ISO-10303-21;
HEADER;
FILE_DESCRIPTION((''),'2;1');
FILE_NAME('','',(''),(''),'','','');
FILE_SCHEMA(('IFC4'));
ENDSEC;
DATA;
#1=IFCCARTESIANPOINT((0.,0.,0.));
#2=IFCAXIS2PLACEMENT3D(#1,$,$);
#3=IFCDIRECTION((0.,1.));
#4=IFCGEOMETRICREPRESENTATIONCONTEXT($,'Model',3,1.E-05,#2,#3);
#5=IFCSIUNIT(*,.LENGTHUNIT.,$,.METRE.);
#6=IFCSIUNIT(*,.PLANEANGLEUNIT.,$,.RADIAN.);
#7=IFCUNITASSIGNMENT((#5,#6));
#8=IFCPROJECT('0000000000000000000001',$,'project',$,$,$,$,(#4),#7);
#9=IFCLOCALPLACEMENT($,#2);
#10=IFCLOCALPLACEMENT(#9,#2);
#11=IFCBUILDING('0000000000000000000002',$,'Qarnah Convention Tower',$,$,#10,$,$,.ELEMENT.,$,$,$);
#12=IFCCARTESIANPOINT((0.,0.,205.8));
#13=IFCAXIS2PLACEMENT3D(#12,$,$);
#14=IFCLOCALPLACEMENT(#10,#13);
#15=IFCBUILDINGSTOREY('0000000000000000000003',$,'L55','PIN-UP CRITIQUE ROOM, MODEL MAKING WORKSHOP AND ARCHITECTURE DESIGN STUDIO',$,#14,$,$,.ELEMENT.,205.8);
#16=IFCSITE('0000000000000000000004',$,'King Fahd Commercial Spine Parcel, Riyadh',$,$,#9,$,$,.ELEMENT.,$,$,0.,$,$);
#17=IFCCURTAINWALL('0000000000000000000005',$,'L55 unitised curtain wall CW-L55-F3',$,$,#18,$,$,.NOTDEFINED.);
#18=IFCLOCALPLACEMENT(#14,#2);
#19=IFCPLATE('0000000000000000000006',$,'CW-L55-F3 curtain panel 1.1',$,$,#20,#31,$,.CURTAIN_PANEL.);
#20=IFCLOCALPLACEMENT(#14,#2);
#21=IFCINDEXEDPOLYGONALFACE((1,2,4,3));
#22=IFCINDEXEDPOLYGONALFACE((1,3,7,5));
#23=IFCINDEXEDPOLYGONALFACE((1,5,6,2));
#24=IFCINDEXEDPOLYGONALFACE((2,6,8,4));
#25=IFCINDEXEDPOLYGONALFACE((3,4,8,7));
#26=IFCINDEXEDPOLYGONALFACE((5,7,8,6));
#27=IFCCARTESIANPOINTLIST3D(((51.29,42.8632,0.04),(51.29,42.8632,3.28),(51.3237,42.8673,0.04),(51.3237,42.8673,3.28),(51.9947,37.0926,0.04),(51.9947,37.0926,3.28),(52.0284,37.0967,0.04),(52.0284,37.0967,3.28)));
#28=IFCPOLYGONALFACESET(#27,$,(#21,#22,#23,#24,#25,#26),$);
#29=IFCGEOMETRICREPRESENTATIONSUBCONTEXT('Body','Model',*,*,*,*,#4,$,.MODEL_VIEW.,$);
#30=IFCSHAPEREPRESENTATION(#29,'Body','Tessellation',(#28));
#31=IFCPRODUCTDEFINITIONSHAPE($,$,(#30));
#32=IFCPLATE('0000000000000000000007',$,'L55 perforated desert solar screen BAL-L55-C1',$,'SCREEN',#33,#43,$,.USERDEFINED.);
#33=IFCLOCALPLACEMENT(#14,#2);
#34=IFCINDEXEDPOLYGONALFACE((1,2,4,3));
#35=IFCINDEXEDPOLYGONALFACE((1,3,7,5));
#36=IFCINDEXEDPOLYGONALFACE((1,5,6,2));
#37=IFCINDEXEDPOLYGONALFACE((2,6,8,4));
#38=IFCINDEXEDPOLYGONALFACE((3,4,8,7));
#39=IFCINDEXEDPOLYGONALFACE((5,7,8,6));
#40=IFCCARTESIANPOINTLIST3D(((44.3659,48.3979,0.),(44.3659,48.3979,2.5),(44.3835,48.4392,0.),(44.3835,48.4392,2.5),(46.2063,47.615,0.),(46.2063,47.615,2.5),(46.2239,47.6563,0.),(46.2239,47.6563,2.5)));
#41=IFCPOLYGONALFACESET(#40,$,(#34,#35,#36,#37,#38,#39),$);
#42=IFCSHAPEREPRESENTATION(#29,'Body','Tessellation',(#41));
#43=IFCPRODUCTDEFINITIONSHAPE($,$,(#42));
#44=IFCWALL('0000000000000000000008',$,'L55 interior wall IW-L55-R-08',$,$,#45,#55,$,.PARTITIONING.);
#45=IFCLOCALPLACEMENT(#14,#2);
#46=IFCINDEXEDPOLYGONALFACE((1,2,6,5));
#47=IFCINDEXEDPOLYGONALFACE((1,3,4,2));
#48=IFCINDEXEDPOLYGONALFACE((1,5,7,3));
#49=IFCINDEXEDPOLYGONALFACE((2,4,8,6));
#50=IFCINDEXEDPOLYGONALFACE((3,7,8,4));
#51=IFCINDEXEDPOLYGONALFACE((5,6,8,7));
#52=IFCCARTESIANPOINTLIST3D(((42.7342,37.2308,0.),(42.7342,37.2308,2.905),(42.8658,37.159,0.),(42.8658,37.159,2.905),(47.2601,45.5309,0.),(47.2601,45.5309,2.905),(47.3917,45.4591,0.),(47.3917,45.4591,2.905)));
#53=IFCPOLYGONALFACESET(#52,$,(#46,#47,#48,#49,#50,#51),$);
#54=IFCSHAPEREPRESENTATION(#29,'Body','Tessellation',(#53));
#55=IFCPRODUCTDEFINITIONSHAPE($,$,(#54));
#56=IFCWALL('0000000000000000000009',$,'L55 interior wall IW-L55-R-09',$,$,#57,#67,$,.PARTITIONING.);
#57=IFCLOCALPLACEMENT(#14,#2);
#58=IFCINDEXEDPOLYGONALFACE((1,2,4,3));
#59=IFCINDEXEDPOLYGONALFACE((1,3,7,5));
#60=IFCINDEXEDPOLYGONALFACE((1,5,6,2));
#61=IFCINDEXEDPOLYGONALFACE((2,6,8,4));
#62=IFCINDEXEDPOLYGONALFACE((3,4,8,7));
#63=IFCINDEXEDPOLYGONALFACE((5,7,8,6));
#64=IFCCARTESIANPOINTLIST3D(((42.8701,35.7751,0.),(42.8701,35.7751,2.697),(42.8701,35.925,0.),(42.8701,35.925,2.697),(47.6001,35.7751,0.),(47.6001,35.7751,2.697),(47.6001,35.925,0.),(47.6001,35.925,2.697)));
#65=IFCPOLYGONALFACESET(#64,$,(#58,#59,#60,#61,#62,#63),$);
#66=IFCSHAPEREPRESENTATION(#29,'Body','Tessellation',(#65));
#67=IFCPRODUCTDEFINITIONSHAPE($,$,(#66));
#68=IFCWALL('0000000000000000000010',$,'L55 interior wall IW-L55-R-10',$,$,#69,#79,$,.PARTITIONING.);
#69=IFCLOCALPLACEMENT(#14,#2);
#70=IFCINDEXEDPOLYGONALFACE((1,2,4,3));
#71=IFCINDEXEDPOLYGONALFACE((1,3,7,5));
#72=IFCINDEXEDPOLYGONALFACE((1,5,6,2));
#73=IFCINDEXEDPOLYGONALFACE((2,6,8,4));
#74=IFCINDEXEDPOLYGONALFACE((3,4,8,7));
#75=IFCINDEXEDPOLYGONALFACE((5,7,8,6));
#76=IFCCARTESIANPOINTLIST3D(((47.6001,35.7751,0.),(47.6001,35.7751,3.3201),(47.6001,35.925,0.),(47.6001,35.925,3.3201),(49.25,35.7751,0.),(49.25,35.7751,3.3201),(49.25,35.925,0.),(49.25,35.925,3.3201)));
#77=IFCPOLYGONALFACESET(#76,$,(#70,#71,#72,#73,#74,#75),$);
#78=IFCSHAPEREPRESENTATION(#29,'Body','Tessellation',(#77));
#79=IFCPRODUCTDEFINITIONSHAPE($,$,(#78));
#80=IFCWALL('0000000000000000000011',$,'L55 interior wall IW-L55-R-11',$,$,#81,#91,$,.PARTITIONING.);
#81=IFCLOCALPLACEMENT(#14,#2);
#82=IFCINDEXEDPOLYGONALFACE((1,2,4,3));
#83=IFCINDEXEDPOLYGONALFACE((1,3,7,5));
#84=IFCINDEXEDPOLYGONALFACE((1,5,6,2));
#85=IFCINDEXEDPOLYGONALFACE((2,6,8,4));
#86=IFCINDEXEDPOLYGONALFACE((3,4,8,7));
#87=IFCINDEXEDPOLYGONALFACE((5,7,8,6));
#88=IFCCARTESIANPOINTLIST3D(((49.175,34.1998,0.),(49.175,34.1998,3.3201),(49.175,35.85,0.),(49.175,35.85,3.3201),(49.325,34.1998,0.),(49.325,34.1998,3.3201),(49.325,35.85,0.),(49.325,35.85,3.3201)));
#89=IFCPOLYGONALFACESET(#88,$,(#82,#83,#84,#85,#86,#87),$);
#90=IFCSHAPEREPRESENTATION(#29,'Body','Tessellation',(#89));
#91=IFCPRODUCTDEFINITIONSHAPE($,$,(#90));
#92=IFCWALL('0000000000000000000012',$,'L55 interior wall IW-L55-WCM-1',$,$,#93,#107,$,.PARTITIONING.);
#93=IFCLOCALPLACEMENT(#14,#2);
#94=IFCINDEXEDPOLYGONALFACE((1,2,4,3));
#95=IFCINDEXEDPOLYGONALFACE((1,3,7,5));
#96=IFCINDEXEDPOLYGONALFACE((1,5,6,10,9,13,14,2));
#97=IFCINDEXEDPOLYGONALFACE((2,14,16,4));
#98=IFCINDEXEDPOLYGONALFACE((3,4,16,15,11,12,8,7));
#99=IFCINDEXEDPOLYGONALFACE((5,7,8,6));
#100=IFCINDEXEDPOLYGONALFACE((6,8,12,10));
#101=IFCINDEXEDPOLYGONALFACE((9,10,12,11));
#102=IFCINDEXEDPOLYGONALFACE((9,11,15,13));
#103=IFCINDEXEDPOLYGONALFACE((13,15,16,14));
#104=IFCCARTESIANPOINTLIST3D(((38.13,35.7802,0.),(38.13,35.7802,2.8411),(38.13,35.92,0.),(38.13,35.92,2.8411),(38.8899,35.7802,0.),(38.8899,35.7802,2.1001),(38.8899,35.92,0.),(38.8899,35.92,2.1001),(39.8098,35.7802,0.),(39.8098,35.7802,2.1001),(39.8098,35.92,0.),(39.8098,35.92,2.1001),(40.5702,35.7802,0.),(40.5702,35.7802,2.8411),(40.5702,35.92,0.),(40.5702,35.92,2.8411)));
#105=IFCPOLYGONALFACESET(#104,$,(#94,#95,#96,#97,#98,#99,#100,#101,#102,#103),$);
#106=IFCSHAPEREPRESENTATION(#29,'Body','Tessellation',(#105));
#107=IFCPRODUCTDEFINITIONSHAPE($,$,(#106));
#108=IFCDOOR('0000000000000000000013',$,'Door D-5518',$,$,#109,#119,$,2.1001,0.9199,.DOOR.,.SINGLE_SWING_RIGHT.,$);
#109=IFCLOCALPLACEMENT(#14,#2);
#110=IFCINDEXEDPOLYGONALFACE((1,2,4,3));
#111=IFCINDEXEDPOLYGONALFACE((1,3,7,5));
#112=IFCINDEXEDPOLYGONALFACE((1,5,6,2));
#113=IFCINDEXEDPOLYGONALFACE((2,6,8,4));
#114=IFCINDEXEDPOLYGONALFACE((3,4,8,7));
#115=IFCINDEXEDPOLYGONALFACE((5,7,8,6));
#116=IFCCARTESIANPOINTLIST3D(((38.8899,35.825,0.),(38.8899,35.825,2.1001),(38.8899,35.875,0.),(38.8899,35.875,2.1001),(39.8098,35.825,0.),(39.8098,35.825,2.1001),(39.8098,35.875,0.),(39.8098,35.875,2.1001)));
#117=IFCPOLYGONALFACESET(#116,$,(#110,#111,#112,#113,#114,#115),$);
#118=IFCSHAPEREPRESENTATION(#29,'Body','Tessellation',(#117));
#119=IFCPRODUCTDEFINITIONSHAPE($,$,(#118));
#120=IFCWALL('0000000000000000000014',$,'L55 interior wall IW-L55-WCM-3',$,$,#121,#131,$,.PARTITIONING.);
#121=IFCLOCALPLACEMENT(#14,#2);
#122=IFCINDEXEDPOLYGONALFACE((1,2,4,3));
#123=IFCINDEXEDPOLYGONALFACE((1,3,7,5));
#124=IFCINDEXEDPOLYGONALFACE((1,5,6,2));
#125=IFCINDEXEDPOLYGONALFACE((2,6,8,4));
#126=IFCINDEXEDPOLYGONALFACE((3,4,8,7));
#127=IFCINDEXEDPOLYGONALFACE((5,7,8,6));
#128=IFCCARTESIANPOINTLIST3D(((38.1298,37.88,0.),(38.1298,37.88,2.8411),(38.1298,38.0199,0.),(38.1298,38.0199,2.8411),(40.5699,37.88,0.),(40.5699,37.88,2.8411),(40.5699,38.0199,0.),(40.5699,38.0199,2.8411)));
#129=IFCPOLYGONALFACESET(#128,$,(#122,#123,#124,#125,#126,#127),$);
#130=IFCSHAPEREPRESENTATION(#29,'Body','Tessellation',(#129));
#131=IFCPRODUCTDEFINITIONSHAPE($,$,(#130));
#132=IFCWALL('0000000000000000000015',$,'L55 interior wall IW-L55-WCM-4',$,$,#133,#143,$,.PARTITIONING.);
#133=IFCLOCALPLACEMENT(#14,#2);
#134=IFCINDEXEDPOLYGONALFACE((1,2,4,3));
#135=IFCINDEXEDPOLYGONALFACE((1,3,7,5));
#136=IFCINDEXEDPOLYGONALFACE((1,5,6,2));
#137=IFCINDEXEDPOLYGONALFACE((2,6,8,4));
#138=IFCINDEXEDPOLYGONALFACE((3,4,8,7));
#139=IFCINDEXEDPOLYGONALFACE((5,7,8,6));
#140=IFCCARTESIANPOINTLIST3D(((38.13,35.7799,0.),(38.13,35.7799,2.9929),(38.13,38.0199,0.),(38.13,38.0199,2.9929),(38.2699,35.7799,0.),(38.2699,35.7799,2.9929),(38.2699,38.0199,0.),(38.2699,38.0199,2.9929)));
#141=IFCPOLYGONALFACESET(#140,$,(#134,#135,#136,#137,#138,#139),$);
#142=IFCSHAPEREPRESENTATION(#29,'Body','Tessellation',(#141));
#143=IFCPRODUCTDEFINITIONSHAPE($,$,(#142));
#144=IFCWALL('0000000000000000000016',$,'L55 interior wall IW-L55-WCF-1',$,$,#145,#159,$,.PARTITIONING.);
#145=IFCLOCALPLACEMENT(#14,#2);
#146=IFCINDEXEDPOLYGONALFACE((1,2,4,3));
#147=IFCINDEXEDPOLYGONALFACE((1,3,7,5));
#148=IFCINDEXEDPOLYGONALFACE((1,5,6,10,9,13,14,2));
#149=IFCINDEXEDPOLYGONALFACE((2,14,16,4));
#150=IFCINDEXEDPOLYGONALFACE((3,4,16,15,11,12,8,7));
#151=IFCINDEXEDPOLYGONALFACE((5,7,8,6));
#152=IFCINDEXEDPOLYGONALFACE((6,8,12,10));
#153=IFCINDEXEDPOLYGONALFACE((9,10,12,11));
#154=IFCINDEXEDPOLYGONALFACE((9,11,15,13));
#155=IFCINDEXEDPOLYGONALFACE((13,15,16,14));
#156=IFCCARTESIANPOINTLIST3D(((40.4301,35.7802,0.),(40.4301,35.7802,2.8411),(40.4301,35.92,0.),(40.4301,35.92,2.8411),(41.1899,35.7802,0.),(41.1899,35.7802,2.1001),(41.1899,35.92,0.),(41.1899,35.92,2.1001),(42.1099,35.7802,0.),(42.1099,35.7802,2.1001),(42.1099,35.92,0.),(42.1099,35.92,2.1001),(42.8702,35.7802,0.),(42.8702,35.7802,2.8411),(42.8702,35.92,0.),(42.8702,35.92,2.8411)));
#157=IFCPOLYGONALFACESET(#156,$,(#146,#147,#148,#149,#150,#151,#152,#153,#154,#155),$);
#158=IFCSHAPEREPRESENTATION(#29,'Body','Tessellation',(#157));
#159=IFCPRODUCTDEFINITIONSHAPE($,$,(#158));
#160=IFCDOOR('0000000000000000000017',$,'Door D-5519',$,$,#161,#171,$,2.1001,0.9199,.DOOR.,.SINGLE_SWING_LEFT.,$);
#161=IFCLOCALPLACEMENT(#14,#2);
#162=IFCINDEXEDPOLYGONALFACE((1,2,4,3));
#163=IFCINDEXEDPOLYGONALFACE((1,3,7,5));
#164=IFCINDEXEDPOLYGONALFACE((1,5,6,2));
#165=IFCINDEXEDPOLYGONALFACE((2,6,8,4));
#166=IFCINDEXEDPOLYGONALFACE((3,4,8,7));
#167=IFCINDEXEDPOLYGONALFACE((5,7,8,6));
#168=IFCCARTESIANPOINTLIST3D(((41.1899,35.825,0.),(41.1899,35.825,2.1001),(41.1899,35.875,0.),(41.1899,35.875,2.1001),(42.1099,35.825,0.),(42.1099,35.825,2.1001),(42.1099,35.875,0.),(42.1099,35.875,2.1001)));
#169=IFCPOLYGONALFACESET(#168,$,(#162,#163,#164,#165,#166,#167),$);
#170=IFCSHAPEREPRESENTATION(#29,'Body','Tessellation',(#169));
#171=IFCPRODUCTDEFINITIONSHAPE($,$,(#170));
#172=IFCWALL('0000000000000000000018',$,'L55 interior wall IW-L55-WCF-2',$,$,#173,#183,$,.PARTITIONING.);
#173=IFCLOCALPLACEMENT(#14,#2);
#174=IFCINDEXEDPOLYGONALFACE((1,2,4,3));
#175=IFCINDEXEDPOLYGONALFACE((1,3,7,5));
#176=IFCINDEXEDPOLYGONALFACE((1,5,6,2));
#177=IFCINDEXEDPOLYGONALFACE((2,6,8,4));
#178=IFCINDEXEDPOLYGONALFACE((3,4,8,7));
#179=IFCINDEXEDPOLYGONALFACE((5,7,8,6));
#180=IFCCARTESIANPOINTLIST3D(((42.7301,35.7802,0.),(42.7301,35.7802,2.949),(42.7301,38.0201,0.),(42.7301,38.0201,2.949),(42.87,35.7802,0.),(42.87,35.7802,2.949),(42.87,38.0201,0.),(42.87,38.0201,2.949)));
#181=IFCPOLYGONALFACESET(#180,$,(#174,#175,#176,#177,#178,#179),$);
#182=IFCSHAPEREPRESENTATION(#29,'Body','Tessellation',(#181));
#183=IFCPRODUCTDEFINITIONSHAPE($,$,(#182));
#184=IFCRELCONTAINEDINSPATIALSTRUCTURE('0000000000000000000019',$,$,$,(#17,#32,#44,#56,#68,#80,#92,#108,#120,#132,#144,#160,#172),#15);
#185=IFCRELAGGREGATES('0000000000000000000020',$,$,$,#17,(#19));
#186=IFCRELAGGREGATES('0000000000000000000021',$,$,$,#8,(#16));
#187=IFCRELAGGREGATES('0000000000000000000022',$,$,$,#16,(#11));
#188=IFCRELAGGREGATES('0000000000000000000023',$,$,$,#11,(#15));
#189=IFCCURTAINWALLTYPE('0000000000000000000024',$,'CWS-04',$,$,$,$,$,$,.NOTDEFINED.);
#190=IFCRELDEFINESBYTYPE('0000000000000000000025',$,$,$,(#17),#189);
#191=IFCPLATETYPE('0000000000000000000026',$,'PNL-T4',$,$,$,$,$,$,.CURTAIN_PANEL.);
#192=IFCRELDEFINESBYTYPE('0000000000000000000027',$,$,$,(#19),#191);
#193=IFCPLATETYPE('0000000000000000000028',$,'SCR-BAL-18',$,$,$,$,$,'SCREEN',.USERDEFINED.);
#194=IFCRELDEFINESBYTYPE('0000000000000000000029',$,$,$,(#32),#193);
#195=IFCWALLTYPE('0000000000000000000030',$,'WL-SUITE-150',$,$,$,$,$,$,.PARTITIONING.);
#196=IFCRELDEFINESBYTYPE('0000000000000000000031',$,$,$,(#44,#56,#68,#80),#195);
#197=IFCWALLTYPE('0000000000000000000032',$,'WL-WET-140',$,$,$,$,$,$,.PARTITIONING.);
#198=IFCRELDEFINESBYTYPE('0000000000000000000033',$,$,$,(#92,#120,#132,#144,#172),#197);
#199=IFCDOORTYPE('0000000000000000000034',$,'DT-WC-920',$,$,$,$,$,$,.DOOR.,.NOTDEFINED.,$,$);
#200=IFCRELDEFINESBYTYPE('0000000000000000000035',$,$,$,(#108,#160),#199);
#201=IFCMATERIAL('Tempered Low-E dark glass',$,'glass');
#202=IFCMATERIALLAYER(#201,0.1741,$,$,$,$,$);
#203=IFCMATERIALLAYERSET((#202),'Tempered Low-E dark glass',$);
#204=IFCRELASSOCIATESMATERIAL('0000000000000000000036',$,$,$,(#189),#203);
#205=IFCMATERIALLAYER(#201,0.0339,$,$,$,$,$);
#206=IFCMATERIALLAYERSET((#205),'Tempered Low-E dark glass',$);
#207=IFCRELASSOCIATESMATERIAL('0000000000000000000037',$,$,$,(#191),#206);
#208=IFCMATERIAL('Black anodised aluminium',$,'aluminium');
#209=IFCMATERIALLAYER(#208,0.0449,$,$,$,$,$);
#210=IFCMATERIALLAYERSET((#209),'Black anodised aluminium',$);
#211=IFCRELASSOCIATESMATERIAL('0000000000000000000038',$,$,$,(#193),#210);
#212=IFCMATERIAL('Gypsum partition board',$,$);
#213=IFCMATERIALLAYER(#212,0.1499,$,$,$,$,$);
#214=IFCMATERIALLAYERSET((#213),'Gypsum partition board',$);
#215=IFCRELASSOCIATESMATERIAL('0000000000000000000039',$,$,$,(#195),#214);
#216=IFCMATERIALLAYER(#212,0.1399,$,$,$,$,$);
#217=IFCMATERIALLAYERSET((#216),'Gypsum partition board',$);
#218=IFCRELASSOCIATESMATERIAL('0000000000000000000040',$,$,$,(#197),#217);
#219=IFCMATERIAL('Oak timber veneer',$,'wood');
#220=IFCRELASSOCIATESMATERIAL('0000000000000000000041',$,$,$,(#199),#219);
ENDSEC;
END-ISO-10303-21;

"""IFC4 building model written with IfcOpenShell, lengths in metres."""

from ifc_helpers import new_model, si_unit, direction, frame, frame_2d, origin, origin_2d, place, context, subcontext, project, spatial, rectangle, extrude, material, layer, layer_set, type_object, element, fill, aggregate, save


model = new_model("IFC4")

# Units and contexts
model_context = context("Model", 3, precision=1e-05, world=origin(), true_north=direction((0.0, 1.0)))
body_context = subcontext(model_context, "Body", "Model", "MODEL_VIEW")
ifc_project = project(units=[si_unit("LENGTHUNIT", "METRE"), si_unit("PLANEANGLEUNIT", "RADIAN")], contexts=[model_context])

# Site, building, storey
site_placement = place(None, origin())
site = spatial("IfcSite", under=ifc_project, at=site_placement, Name="King Fahd Commercial Spine Parcel, Riyadh", CompositionType="ELEMENT", RefElevation=0.0)
building_placement = place(site_placement, origin())
building = spatial("IfcBuilding", under=site, at=building_placement, Name="Qarnah Convention Tower", CompositionType="ELEMENT")
storey_placement = place(building_placement, frame((0.0, 0.0, 205.8)))
storey = spatial("IfcBuildingStorey", under=building, at=storey_placement, Name="L55", Description="PIN-UP CRITIQUE ROOM, MODEL MAKING WORKSHOP AND ARCHITECTURE DESIGN STUDIO", CompositionType="ELEMENT", Elevation=205.8)

# Shared definitions
ifc_material_1 = material(Name="Tempered Low-E dark glass", Category="glass")
ifc_layer_1 = layer(ifc_material_1, 0.1741)
ifc_layer_set_1 = layer_set([ifc_layer_1], Name="Tempered Low-E dark glass")
curtain_wall_type = type_object("IfcCurtainWallType", Name="CWS-04", PredefinedType="NOTDEFINED", material=ifc_layer_set_1)
ifc_material_2 = material(Name="Black anodised aluminium", Category="aluminium")

# Curtain wall, plate
curtain_wall_1_placement = place(storey_placement, origin())
curtain_wall_1 = element("IfcCurtainWall", 1, at=curtain_wall_1_placement, inside=storey, type_object=curtain_wall_type, Name="L55 unitised curtain wall CW-L55-F3", PredefinedType="NOTDEFINED")
ifc_layer_2 = layer(ifc_material_1, 0.0339)
ifc_layer_set_2 = layer_set([ifc_layer_2], Name="Tempered Low-E dark glass")
plate_type_1 = type_object("IfcPlateType", Name="PNL-T4", PredefinedType="CURTAIN_PANEL", material=ifc_layer_set_2)
plate_1_placement = place(storey_placement, frame((51.6592, 39.98, 0.04), z_axis=(0.0, 0.0, 1.0), x_axis=(0.121219, -0.992626, 0.0)))
plate_1 = element("IfcPlate", 2, at=plate_1_placement, type_object=plate_type_1, Name="CW-L55-F3 curtain panel 1.1", PredefinedType="CURTAIN_PANEL", context=body_context, shape_type="SweptSolid", body=[
    extrude(rectangle(XDim=5.8135, YDim=0.0339, at=origin_2d()), origin(), (0.0, 0.0, 1.0), 3.24),
])
aggregate(curtain_wall_1, [plate_1])

# Plate
ifc_layer_3 = layer(ifc_material_2, 0.0449)
ifc_layer_set_3 = layer_set([ifc_layer_3], Name="Black anodised aluminium")
plate_type_2 = type_object("IfcPlateType", Name="SCR-BAL-18", ElementType="SCREEN", PredefinedType="USERDEFINED", material=ifc_layer_set_3)
plate_2_placement = place(storey_placement, frame((45.2949, 48.0271, 0.0), z_axis=(0.0, 0.0, 1.0), x_axis=(0.920189, -0.391475, 0.0)))
element("IfcPlate", 3, at=plate_2_placement, inside=storey, type_object=plate_type_2, Name="L55 perforated desert solar screen BAL-L55-C1", ObjectType="SCREEN", PredefinedType="USERDEFINED", context=body_context, shape_type="SweptSolid", body=[
    extrude(rectangle(XDim=2.0, YDim=0.0449, at=origin_2d()), origin(), (0.0, 0.0, 1.0), 2.5),
])

# Walls
ifc_material_3 = material(Name="Gypsum partition board")
ifc_layer_4 = layer(ifc_material_3, 0.1499)
ifc_layer_set_4 = layer_set([ifc_layer_4], Name="Gypsum partition board")
wall_type_1 = type_object("IfcWallType", Name="WL-SUITE-150", PredefinedType="PARTITIONING", material=ifc_layer_set_4)
wall_1_placement = place(storey_placement, frame((47.3259, 45.4951, 0.0), z_axis=(0.0, 0.0, 1.0), x_axis=(-0.478736, -0.877959, 0.0)))
element("IfcWall", 4, at=wall_1_placement, inside=storey, type_object=wall_type_1, Name="L55 interior wall IW-L55-R-08", PredefinedType="PARTITIONING", context=body_context, shape_type="SweptSolid", body=[
    extrude(rectangle(XDim=9.4539, YDim=0.1499, at=frame_2d((4.7271, 0.0))), origin(), (0.0, 0.0, 1.0), 2.905),
])
wall_2_placement = place(storey_placement, frame((42.8701, 35.8501, 0.0), z_axis=(0.0, 0.0, 1.0), x_axis=(1.0, 0.0, 0.0)))
element("IfcWall", 5, at=wall_2_placement, inside=storey, type_object=wall_type_1, Name="L55 interior wall IW-L55-R-09", PredefinedType="PARTITIONING", context=body_context, shape_type="SweptSolid", body=[
    extrude(rectangle(XDim=4.73, YDim=0.1499, at=frame_2d((2.365, 0.0))), origin(), (0.0, 0.0, 1.0), 2.697),
])
wall_3_placement = place(storey_placement, frame((47.6001, 35.8501, 0.0), z_axis=(0.0, 0.0, 1.0), x_axis=(1.0, 0.0, 0.0)))
element("IfcWall", 6, at=wall_3_placement, inside=storey, type_object=wall_type_1, Name="L55 interior wall IW-L55-R-10", PredefinedType="PARTITIONING", context=body_context, shape_type="SweptSolid", body=[
    extrude(rectangle(XDim=1.6499, YDim=0.1499, at=frame_2d((0.825, 0.0))), origin(), (0.0, 0.0, 1.0), 3.3201),
])
wall_4_placement = place(storey_placement, frame((49.25, 35.8501, 0.0), z_axis=(0.0, 0.0, 1.0), x_axis=(0.0, -1.0, 0.0)))
element("IfcWall", 7, at=wall_4_placement, inside=storey, type_object=wall_type_1, Name="L55 interior wall IW-L55-R-11", PredefinedType="PARTITIONING", context=body_context, shape_type="SweptSolid", body=[
    extrude(rectangle(XDim=1.6501, YDim=0.1499, at=frame_2d((0.8252, 0.0))), origin(), (0.0, 0.0, 1.0), 3.3201),
])

# Wall, opening, door
ifc_layer_5 = layer(ifc_material_3, 0.1399)
ifc_layer_set_5 = layer_set([ifc_layer_5], Name="Gypsum partition board")
wall_type_2 = type_object("IfcWallType", Name="WL-WET-140", PredefinedType="PARTITIONING", material=ifc_layer_set_5)
wall_5_placement = place(storey_placement, frame((38.1299, 35.8501, 0.0), z_axis=(0.0, 0.0, 1.0), x_axis=(1.0, 0.0, 0.0)))
wall_5 = element("IfcWall", 8, at=wall_5_placement, inside=storey, type_object=wall_type_2, Name="L55 interior wall IW-L55-WCM-1", PredefinedType="PARTITIONING", context=body_context, shape_type="SweptSolid", body=[
    extrude(rectangle(XDim=2.4402, YDim=0.1399, at=frame_2d((1.2202, 0.0))), origin(), (0.0, 0.0, 1.0), 2.8411),
])
opening_1_placement = place(wall_5_placement, frame((0.76, 0.0, 0.0)))
opening_1 = element("IfcOpeningElement", 9, at=opening_1_placement, cuts=wall_5, PredefinedType="OPENING", context=body_context, shape_type="SweptSolid", body=[
    extrude(rectangle(XDim=0.9199, YDim=2.1001, at=frame_2d((0.46, 1.05))), frame((0.0, 0.0798, 0.0), z_axis=(0.0, -1.0, 0.0), x_axis=(1.0, 0.0, 0.0)), (0.0, 0.0, 1.0), 0.1599),
])
ifc_material_4 = material(Name="Oak timber veneer", Category="wood")
door_type_1 = type_object("IfcDoorType", Name="DT-WC-920", OperationType="NOTDEFINED", PredefinedType="DOOR", material=ifc_material_4)
door_1_placement = place(opening_1_placement, origin())
door_1 = element("IfcDoor", 10, at=door_1_placement, inside=storey, type_object=door_type_1, Name="Door D-5518", OperationType="SINGLE_SWING_RIGHT", OverallHeight=2.1001, OverallWidth=0.9199, PredefinedType="DOOR", context=body_context, shape_type="SweptSolid", body=[
    extrude(rectangle(XDim=0.9199, YDim=2.1001, at=frame_2d((0.46, 1.05))), frame((0.0, 0.0249, 0.0), z_axis=(0.0, -1.0, 0.0), x_axis=(1.0, 0.0, 0.0)), (0.0, 0.0, 1.0), 0.05),
])
fill(opening_1, door_1)

# Walls
wall_6_placement = place(storey_placement, frame((40.5701, 37.95, 0.0), z_axis=(0.0, 0.0, 1.0), x_axis=(-1.0, 0.0, 0.0)))
element("IfcWall", 11, at=wall_6_placement, inside=storey, type_object=wall_type_2, Name="L55 interior wall IW-L55-WCM-3", PredefinedType="PARTITIONING", context=body_context, shape_type="SweptSolid", body=[
    extrude(rectangle(XDim=2.4402, YDim=0.1399, at=frame_2d((1.2202, 0.0))), origin(), (0.0, 0.0, 1.0), 2.8411),
])
wall_7_placement = place(storey_placement, frame((38.2, 38.02, 0.0), z_axis=(0.0, 0.0, 1.0), x_axis=(0.0, -1.0, 0.0)))
element("IfcWall", 12, at=wall_7_placement, inside=storey, type_object=wall_type_2, Name="L55 interior wall IW-L55-WCM-4", PredefinedType="PARTITIONING", context=body_context, shape_type="SweptSolid", body=[
    extrude(rectangle(XDim=2.24, YDim=0.1399, at=frame_2d((1.1201, 0.0))), origin(), (0.0, 0.0, 1.0), 2.9929),
])

# Wall, opening, door
wall_8_placement = place(storey_placement, frame((40.4299, 35.8501, 0.0), z_axis=(0.0, 0.0, 1.0), x_axis=(1.0, 0.0, 0.0)))
wall_8 = element("IfcWall", 13, at=wall_8_placement, inside=storey, type_object=wall_type_2, Name="L55 interior wall IW-L55-WCF-1", PredefinedType="PARTITIONING", context=body_context, shape_type="SweptSolid", body=[
    extrude(rectangle(XDim=2.4402, YDim=0.1399, at=frame_2d((1.2202, 0.0))), origin(), (0.0, 0.0, 1.0), 2.8411),
])
opening_2_placement = place(wall_8_placement, frame((0.76, 0.0, 0.0)))
opening_2 = element("IfcOpeningElement", 14, at=opening_2_placement, cuts=wall_8, PredefinedType="OPENING", context=body_context, shape_type="SweptSolid", body=[
    extrude(rectangle(XDim=0.9199, YDim=2.1001, at=frame_2d((0.46, 1.05))), frame((0.0, 0.0798, 0.0), z_axis=(0.0, -1.0, 0.0), x_axis=(1.0, 0.0, 0.0)), (0.0, 0.0, 1.0), 0.1599),
])
door_2_placement = place(opening_2_placement, origin())
door_2 = element("IfcDoor", 15, at=door_2_placement, inside=storey, type_object=door_type_1, Name="Door D-5519", OperationType="SINGLE_SWING_LEFT", OverallHeight=2.1001, OverallWidth=0.9199, PredefinedType="DOOR", context=body_context, shape_type="SweptSolid", body=[
    extrude(rectangle(XDim=0.9199, YDim=2.1001, at=frame_2d((0.46, 1.05))), frame((0.0, 0.0249, 0.0), z_axis=(0.0, -1.0, 0.0), x_axis=(1.0, 0.0, 0.0)), (0.0, 0.0, 1.0), 0.05),
])
fill(opening_2, door_2)

# Wall
wall_9_placement = place(storey_placement, frame((42.8, 35.78, 0.0), z_axis=(0.0, 0.0, 1.0), x_axis=(0.0, 1.0, 0.0)))
element("IfcWall", 16, at=wall_9_placement, inside=storey, type_object=wall_type_2, Name="L55 interior wall IW-L55-WCF-2", PredefinedType="PARTITIONING", context=body_context, shape_type="SweptSolid", body=[
    extrude(rectangle(XDim=2.24, YDim=0.1399, at=frame_2d((1.1201, 0.0))), origin(), (0.0, 0.0, 1.0), 2.949),
])

save(model, "model.ifc")
